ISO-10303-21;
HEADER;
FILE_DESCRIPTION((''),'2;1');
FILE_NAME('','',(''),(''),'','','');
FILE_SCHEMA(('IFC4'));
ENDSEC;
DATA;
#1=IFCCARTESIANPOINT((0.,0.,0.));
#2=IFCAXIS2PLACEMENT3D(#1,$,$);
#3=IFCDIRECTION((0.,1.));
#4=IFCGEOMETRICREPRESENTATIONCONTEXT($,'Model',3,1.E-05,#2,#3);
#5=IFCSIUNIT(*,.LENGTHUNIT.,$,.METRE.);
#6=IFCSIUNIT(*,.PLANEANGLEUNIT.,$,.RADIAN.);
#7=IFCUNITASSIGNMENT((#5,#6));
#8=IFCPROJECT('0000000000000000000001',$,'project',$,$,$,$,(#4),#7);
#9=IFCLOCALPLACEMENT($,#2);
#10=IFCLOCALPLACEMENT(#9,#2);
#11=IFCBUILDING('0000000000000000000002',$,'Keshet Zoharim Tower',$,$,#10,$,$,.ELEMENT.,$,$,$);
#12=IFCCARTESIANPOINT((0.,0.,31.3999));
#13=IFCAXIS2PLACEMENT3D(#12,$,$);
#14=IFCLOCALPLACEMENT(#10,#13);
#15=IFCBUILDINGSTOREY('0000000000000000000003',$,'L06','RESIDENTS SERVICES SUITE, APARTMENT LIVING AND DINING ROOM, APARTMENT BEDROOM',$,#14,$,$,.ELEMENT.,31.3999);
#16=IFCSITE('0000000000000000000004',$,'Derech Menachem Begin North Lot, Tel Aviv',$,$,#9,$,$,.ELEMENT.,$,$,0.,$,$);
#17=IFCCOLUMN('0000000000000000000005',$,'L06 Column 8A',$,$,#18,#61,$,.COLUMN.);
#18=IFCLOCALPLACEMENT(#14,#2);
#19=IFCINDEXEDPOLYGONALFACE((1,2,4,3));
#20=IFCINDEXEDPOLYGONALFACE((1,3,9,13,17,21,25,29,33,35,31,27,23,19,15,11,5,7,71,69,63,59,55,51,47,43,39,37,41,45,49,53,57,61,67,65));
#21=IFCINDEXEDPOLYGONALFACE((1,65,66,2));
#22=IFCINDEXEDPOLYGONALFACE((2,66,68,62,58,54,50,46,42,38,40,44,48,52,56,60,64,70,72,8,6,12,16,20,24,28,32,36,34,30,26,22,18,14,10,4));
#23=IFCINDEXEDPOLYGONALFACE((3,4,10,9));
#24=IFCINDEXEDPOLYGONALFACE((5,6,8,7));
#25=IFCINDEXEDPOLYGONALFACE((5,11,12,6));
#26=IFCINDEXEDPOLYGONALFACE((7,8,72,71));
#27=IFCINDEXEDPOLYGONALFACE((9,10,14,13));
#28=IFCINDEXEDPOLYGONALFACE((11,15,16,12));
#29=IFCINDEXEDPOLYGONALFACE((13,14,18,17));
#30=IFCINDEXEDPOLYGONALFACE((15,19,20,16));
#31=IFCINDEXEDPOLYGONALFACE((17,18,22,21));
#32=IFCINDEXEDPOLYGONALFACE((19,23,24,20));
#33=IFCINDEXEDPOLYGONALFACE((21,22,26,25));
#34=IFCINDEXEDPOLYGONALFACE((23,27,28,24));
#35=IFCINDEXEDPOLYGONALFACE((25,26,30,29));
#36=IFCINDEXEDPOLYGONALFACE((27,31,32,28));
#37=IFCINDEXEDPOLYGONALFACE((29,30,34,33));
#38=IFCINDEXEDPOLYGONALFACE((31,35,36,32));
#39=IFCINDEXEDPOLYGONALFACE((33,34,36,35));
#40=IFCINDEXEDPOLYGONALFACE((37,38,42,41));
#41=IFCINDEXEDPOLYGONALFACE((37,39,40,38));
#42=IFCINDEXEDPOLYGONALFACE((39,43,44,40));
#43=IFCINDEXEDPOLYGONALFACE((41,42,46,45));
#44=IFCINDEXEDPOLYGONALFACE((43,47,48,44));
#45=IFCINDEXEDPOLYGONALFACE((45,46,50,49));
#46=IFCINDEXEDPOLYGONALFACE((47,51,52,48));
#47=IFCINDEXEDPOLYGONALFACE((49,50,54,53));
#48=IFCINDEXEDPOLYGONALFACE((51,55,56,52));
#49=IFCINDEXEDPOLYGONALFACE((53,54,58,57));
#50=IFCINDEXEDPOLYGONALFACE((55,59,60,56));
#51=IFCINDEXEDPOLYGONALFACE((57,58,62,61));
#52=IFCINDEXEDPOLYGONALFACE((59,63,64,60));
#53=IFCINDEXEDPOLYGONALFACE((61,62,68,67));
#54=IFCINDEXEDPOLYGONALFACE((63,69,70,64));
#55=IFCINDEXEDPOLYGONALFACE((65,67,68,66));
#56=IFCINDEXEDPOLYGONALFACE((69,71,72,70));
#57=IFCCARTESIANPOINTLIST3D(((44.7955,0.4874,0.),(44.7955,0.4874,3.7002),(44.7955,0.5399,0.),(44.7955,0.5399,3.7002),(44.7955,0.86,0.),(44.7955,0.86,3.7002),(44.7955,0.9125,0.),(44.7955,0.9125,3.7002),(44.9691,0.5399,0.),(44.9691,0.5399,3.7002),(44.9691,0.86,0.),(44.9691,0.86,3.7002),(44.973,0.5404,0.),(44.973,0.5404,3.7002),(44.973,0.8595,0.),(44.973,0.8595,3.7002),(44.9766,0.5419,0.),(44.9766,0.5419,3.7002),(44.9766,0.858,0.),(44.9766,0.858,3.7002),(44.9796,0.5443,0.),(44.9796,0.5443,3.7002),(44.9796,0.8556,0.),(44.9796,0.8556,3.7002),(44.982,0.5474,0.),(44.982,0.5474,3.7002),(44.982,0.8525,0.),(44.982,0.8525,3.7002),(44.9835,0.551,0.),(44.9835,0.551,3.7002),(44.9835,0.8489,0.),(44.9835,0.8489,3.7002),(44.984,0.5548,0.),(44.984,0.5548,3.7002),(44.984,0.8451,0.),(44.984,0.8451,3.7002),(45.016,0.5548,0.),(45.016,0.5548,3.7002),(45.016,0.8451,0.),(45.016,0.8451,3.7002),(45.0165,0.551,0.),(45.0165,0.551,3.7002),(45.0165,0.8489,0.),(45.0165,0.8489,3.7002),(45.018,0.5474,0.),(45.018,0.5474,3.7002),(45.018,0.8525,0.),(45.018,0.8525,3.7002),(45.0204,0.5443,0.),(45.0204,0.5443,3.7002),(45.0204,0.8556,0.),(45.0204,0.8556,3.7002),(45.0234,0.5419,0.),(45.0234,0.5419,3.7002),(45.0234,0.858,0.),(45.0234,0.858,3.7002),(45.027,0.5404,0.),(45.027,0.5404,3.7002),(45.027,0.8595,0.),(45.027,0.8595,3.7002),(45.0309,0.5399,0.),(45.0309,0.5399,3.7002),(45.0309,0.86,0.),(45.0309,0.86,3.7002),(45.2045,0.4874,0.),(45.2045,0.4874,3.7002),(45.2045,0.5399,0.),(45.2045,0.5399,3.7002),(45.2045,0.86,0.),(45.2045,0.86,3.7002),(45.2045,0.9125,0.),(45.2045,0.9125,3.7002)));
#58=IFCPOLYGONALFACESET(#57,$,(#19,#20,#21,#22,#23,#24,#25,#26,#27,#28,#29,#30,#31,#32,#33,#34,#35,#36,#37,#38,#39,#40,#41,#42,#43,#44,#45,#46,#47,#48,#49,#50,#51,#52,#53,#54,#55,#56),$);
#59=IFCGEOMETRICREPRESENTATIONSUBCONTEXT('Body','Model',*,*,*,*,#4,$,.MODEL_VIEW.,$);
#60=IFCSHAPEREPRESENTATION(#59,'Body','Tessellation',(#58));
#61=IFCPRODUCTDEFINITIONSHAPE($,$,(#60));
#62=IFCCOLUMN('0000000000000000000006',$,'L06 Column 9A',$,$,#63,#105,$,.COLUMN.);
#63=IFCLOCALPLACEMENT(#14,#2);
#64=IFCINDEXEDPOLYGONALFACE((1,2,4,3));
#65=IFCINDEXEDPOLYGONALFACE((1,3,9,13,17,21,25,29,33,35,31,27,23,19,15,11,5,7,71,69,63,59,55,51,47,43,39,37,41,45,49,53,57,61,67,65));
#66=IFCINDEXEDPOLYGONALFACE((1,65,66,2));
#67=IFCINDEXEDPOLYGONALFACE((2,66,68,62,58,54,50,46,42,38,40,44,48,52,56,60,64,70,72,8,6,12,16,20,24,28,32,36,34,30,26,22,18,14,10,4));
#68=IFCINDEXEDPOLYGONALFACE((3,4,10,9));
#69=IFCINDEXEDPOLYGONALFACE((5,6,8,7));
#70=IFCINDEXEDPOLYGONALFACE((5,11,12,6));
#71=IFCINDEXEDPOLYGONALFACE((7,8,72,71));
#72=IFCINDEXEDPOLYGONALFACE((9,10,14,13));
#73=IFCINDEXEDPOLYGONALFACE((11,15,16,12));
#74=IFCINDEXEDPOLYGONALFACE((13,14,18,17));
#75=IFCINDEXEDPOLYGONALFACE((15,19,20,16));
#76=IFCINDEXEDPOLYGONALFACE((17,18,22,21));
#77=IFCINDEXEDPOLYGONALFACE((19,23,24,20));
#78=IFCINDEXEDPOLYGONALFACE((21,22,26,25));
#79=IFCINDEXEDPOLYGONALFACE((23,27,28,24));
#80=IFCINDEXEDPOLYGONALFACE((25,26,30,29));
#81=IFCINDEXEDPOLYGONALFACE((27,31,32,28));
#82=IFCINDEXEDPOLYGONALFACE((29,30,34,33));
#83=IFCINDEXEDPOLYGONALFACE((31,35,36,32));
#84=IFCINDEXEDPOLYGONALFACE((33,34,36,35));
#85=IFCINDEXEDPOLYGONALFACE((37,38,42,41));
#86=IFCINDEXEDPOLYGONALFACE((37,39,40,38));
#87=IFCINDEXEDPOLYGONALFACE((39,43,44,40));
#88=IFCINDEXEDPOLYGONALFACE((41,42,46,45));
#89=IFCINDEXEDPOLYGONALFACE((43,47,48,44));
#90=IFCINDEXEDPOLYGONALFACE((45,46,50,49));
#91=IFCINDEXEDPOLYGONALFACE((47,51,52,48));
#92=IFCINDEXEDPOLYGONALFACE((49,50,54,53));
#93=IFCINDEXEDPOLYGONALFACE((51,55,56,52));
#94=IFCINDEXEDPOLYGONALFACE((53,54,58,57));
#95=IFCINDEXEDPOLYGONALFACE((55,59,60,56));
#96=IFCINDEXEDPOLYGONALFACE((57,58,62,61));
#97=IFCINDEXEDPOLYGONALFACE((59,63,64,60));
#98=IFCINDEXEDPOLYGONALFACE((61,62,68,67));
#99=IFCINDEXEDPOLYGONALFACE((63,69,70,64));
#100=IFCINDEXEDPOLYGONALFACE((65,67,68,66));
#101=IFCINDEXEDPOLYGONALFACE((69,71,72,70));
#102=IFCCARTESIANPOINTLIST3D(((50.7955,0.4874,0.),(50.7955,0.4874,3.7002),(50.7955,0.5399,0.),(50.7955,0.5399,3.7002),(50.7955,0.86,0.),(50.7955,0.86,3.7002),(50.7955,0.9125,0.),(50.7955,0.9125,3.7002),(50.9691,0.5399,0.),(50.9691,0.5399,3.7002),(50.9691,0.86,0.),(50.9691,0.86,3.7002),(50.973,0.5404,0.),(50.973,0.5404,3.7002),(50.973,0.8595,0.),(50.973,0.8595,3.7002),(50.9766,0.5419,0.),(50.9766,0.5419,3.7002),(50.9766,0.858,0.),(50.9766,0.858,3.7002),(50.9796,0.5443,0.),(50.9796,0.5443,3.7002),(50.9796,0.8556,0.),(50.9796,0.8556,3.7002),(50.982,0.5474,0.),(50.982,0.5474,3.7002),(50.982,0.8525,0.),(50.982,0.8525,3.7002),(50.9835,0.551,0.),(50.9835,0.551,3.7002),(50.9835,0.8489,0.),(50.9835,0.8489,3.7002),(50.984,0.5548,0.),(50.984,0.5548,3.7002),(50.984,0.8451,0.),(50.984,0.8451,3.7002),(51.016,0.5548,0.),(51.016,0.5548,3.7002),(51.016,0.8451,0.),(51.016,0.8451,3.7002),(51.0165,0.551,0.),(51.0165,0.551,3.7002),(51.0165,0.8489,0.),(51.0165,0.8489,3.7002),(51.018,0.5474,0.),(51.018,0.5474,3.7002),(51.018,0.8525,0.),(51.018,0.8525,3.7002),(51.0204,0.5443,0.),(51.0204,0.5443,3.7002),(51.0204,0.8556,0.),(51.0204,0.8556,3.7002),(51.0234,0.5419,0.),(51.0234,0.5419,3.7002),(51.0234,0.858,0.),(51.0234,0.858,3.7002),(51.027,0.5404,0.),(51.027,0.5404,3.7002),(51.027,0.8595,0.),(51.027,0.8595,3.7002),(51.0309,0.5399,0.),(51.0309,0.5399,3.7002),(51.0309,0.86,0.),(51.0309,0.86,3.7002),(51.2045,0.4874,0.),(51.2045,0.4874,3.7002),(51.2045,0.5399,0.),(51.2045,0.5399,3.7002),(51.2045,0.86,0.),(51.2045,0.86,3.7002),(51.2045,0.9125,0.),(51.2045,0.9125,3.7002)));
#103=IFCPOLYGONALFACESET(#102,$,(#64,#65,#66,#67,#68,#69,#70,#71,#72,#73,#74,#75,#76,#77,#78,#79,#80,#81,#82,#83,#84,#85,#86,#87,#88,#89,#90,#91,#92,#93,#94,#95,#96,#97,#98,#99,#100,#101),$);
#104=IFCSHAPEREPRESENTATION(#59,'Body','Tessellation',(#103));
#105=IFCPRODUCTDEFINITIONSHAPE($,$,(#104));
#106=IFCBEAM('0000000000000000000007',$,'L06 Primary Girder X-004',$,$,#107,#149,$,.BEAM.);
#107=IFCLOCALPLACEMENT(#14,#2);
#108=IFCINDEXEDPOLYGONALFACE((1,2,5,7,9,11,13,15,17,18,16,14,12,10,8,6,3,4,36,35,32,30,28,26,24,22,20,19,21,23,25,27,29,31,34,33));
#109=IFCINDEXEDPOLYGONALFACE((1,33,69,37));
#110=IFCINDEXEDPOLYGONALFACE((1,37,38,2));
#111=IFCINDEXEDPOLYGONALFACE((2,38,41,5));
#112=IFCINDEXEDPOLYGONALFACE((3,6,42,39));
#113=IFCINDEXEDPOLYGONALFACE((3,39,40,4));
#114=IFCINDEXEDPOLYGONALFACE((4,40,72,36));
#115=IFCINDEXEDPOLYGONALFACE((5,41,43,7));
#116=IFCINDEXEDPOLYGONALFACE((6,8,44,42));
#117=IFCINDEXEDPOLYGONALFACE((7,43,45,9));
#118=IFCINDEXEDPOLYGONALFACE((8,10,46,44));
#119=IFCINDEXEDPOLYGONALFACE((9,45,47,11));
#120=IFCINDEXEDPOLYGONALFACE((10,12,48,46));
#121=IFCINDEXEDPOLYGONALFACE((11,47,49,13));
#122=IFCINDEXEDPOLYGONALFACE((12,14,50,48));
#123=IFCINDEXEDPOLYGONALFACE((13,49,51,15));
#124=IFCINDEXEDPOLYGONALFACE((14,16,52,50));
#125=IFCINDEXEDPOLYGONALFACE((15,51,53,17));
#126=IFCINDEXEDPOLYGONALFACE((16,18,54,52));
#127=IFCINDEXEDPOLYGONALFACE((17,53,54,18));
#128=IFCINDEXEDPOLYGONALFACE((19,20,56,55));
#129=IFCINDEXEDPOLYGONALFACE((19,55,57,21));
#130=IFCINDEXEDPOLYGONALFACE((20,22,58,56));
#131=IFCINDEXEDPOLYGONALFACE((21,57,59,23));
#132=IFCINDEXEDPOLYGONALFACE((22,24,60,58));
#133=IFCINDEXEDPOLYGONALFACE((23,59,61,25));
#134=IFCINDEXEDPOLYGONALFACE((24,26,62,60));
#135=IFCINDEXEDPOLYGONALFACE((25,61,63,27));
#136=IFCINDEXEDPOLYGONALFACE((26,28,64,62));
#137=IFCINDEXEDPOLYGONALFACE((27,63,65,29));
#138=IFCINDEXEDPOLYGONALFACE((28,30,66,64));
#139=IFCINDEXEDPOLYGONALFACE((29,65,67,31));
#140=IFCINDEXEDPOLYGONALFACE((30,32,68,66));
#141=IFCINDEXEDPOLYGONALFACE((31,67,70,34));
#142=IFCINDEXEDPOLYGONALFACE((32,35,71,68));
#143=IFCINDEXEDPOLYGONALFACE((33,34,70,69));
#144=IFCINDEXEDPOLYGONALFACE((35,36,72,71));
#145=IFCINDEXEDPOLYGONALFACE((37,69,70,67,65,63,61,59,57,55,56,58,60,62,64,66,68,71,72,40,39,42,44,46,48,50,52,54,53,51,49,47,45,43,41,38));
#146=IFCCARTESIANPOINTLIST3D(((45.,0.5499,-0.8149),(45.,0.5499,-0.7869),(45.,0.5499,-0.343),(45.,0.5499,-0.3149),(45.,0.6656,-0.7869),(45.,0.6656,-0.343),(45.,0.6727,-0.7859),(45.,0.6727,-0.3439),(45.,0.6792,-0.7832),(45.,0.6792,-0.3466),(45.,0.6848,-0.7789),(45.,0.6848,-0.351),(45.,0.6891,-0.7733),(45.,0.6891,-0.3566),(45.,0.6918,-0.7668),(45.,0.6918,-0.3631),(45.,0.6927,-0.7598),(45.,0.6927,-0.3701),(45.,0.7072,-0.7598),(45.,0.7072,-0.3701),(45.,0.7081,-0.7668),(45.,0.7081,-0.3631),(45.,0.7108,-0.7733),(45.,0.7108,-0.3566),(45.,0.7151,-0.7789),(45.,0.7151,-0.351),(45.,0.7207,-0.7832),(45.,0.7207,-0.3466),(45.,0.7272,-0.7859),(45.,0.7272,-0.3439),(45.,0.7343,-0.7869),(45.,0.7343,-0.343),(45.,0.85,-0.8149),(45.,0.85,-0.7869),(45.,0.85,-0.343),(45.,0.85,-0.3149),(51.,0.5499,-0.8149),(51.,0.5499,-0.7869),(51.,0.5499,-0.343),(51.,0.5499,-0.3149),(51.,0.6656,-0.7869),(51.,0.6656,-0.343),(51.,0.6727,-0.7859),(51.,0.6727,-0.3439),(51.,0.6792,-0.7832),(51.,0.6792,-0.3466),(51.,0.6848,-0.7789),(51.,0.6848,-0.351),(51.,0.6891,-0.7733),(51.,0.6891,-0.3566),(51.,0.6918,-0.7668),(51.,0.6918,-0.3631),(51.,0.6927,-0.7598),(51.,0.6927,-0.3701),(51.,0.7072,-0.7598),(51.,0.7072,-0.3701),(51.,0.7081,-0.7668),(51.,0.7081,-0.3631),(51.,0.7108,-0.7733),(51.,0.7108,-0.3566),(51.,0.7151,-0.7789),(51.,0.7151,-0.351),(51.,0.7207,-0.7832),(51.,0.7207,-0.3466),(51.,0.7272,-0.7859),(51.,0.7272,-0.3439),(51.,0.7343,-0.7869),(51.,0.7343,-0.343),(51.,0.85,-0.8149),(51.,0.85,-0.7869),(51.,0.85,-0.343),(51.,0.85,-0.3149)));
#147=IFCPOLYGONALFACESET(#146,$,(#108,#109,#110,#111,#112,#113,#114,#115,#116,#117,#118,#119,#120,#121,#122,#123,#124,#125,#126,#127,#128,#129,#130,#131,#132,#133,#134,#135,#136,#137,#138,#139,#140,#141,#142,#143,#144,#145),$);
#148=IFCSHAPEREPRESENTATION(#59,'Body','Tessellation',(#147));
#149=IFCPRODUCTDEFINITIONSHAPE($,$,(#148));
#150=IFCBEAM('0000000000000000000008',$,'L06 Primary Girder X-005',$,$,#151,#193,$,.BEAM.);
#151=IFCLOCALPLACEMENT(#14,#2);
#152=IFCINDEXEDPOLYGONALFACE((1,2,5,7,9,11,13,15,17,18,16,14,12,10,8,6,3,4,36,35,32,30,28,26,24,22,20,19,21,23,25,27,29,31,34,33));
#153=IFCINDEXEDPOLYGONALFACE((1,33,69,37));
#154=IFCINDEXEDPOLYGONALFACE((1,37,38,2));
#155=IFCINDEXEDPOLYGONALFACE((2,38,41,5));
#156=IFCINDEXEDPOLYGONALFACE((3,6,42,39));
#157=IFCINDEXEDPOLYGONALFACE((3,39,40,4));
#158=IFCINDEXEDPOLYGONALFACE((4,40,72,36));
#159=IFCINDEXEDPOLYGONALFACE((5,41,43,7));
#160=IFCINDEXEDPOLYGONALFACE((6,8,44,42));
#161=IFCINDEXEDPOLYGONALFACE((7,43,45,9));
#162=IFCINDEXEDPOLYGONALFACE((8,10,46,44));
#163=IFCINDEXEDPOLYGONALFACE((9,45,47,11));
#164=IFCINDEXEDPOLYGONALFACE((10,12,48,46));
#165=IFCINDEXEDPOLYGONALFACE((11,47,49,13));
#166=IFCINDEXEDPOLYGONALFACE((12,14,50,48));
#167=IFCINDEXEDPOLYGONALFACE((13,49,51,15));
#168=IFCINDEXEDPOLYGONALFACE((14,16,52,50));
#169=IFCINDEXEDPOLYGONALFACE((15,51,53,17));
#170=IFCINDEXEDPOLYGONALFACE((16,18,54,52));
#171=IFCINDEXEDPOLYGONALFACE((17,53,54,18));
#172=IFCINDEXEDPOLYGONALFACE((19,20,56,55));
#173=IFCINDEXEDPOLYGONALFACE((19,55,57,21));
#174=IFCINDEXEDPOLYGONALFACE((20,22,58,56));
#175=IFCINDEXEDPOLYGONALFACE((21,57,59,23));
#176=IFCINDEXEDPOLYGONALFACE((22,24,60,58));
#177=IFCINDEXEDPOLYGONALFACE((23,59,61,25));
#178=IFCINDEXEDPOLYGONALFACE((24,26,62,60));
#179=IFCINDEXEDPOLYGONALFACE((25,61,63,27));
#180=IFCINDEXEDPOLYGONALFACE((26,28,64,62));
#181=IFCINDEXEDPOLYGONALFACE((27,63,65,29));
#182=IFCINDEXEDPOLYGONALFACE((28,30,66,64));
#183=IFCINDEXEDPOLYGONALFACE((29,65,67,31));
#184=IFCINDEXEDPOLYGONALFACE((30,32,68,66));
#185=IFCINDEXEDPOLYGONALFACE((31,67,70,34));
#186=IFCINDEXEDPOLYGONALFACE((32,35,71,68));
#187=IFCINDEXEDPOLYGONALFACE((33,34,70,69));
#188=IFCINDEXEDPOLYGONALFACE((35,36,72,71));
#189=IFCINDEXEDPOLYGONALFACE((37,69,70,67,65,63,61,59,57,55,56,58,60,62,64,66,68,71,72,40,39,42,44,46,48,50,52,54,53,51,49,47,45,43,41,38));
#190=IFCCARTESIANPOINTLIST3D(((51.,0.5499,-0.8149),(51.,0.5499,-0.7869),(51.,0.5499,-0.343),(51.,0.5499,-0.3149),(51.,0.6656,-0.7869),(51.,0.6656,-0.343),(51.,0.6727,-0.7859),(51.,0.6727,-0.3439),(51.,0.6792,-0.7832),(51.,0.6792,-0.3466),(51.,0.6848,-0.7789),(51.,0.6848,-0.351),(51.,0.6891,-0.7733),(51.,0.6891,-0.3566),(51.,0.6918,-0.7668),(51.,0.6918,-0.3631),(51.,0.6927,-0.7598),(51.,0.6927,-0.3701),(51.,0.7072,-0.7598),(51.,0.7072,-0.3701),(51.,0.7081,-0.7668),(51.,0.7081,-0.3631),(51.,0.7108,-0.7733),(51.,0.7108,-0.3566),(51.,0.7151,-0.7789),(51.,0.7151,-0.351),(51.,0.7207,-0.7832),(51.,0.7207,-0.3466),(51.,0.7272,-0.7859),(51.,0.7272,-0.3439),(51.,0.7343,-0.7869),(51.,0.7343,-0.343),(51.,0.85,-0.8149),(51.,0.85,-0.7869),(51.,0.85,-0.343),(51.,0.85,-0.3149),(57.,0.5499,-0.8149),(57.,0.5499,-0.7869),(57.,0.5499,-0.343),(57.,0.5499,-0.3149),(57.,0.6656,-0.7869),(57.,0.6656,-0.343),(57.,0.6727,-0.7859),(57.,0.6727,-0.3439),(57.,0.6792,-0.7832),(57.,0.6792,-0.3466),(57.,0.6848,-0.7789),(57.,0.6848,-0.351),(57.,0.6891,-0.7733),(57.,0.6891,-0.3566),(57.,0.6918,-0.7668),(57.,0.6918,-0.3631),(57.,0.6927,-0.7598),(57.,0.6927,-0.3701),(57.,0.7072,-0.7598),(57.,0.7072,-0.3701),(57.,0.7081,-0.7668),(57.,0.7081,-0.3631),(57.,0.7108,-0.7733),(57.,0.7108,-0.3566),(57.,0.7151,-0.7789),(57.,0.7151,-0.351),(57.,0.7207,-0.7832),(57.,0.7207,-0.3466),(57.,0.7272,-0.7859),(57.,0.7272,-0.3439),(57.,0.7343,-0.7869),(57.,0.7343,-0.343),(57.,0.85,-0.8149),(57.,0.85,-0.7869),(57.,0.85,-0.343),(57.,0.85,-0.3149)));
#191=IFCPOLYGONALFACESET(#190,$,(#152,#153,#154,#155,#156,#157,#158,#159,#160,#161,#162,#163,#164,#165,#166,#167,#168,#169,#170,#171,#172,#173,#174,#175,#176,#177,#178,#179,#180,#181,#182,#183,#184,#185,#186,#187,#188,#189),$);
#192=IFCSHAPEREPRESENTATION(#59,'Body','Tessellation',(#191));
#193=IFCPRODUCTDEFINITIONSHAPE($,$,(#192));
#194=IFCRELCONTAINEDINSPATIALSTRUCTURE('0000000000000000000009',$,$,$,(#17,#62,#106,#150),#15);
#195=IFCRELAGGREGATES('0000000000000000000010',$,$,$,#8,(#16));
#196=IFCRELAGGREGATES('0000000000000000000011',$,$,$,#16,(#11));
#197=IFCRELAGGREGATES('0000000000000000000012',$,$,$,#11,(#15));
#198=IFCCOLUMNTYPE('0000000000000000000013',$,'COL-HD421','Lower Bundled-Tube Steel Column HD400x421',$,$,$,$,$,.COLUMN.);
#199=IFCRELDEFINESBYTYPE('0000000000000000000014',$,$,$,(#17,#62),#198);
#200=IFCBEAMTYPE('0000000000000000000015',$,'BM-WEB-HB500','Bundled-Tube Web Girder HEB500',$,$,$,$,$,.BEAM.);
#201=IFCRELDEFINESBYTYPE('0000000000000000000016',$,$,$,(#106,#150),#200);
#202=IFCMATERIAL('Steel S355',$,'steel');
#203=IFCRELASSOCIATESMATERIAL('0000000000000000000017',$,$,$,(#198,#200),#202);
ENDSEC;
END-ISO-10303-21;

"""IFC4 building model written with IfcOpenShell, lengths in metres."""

from ifc_helpers import new_model, si_unit, direction, frame, origin, origin_2d, place, context, subcontext, project, spatial, i_section, extrude, material, material_profile, profile_set, type_object, element, save


model = new_model("IFC4")

# Units and contexts
model_context = context("Model", 3, precision=1e-05, world=origin(), true_north=direction((0.0, 1.0)))
body_context = subcontext(model_context, "Body", "Model", "MODEL_VIEW")
ifc_project = project(units=[si_unit("LENGTHUNIT", "METRE"), si_unit("PLANEANGLEUNIT", "RADIAN")], contexts=[model_context])

# Site, building, storey
site_placement = place(None, origin())
site = spatial("IfcSite", under=ifc_project, at=site_placement, Name="Derech Menachem Begin North Lot, Tel Aviv", CompositionType="ELEMENT", RefElevation=0.0)
building_placement = place(site_placement, origin())
building = spatial("IfcBuilding", under=site, at=building_placement, Name="Keshet Zoharim Tower", CompositionType="ELEMENT")
storey_placement = place(building_placement, frame((0.0, 0.0, 31.3999)))
storey = spatial("IfcBuildingStorey", under=building, at=storey_placement, Name="L06", Description="RESIDENTS SERVICES SUITE, APARTMENT LIVING AND DINING ROOM, APARTMENT BEDROOM", CompositionType="ELEMENT", Elevation=31.3999)

# Columns
ifc_material_1 = material(Name="Steel S355", Category="steel")
ifc_material_profile_1 = material_profile(ifc_material_1, i_section(OverallWidth=0.4089, OverallDepth=0.425, WebThickness=0.032, FlangeThickness=0.0525, FilletRadius=0.0149, at=origin_2d()), Name="HD400x421")
ifc_profile_set_1 = profile_set([ifc_material_profile_1], Name="Steel S355")
column_type = type_object("IfcColumnType", Name="COL-HD421", Description="Lower Bundled-Tube Steel Column HD400x421", PredefinedType="COLUMN", material=ifc_profile_set_1)
for number, where, z_axis, x_axis, name in (
    (1, (45.0, 0.7, 0.0), (0.0, 0.0, 1.0), (1.0, 0.0, 0.0), "L06 Column 8A"),
    (2, (51.0, 0.7, 0.0), (0.0, 0.0, 1.0), (1.0, 0.0, 0.0), "L06 Column 9A"),
):
    element("IfcColumn", number, at=place(storey_placement, frame(where, z_axis=z_axis, x_axis=x_axis)), inside=storey, type_object=column_type, Name=name, PredefinedType="COLUMN", context=body_context, shape_type="SweptSolid", body=[
        extrude(i_section(OverallWidth=0.4089, OverallDepth=0.425, WebThickness=0.032, FlangeThickness=0.0525, FilletRadius=0.0149, at=origin_2d()), origin(), (0.0, 0.0, 1.0), 3.7002),
    ])

# Beams
ifc_material_profile_2 = material_profile(ifc_material_1, i_section(OverallWidth=0.3, OverallDepth=0.5, WebThickness=0.0144, FlangeThickness=0.0281, FilletRadius=0.0271, at=origin_2d()), Name="HEB500")
ifc_profile_set_2 = profile_set([ifc_material_profile_2], Name="Steel S355")
beam_type = type_object("IfcBeamType", Name="BM-WEB-HB500", Description="Bundled-Tube Web Girder HEB500", PredefinedType="BEAM", material=ifc_profile_set_2)
for number, where, z_axis, x_axis, name in (
    (3, (45.0, 0.7, -0.5649), (1.0, 0.0, 0.0), (0.0, 1.0, 0.0), "L06 Primary Girder X-004"),
    (4, (51.0, 0.7, -0.5649), (1.0, 0.0, 0.0), (0.0, 1.0, 0.0), "L06 Primary Girder X-005"),
):
    element("IfcBeam", number, at=place(storey_placement, frame(where, z_axis=z_axis, x_axis=x_axis)), inside=storey, type_object=beam_type, Name=name, PredefinedType="BEAM", context=body_context, shape_type="SweptSolid", body=[
        extrude(i_section(OverallWidth=0.3, OverallDepth=0.5, WebThickness=0.0144, FlangeThickness=0.0281, FilletRadius=0.0271, at=origin_2d()), origin(), (0.0, 0.0, 1.0), 6.0),
    ])

save(model, "model.ifc")
